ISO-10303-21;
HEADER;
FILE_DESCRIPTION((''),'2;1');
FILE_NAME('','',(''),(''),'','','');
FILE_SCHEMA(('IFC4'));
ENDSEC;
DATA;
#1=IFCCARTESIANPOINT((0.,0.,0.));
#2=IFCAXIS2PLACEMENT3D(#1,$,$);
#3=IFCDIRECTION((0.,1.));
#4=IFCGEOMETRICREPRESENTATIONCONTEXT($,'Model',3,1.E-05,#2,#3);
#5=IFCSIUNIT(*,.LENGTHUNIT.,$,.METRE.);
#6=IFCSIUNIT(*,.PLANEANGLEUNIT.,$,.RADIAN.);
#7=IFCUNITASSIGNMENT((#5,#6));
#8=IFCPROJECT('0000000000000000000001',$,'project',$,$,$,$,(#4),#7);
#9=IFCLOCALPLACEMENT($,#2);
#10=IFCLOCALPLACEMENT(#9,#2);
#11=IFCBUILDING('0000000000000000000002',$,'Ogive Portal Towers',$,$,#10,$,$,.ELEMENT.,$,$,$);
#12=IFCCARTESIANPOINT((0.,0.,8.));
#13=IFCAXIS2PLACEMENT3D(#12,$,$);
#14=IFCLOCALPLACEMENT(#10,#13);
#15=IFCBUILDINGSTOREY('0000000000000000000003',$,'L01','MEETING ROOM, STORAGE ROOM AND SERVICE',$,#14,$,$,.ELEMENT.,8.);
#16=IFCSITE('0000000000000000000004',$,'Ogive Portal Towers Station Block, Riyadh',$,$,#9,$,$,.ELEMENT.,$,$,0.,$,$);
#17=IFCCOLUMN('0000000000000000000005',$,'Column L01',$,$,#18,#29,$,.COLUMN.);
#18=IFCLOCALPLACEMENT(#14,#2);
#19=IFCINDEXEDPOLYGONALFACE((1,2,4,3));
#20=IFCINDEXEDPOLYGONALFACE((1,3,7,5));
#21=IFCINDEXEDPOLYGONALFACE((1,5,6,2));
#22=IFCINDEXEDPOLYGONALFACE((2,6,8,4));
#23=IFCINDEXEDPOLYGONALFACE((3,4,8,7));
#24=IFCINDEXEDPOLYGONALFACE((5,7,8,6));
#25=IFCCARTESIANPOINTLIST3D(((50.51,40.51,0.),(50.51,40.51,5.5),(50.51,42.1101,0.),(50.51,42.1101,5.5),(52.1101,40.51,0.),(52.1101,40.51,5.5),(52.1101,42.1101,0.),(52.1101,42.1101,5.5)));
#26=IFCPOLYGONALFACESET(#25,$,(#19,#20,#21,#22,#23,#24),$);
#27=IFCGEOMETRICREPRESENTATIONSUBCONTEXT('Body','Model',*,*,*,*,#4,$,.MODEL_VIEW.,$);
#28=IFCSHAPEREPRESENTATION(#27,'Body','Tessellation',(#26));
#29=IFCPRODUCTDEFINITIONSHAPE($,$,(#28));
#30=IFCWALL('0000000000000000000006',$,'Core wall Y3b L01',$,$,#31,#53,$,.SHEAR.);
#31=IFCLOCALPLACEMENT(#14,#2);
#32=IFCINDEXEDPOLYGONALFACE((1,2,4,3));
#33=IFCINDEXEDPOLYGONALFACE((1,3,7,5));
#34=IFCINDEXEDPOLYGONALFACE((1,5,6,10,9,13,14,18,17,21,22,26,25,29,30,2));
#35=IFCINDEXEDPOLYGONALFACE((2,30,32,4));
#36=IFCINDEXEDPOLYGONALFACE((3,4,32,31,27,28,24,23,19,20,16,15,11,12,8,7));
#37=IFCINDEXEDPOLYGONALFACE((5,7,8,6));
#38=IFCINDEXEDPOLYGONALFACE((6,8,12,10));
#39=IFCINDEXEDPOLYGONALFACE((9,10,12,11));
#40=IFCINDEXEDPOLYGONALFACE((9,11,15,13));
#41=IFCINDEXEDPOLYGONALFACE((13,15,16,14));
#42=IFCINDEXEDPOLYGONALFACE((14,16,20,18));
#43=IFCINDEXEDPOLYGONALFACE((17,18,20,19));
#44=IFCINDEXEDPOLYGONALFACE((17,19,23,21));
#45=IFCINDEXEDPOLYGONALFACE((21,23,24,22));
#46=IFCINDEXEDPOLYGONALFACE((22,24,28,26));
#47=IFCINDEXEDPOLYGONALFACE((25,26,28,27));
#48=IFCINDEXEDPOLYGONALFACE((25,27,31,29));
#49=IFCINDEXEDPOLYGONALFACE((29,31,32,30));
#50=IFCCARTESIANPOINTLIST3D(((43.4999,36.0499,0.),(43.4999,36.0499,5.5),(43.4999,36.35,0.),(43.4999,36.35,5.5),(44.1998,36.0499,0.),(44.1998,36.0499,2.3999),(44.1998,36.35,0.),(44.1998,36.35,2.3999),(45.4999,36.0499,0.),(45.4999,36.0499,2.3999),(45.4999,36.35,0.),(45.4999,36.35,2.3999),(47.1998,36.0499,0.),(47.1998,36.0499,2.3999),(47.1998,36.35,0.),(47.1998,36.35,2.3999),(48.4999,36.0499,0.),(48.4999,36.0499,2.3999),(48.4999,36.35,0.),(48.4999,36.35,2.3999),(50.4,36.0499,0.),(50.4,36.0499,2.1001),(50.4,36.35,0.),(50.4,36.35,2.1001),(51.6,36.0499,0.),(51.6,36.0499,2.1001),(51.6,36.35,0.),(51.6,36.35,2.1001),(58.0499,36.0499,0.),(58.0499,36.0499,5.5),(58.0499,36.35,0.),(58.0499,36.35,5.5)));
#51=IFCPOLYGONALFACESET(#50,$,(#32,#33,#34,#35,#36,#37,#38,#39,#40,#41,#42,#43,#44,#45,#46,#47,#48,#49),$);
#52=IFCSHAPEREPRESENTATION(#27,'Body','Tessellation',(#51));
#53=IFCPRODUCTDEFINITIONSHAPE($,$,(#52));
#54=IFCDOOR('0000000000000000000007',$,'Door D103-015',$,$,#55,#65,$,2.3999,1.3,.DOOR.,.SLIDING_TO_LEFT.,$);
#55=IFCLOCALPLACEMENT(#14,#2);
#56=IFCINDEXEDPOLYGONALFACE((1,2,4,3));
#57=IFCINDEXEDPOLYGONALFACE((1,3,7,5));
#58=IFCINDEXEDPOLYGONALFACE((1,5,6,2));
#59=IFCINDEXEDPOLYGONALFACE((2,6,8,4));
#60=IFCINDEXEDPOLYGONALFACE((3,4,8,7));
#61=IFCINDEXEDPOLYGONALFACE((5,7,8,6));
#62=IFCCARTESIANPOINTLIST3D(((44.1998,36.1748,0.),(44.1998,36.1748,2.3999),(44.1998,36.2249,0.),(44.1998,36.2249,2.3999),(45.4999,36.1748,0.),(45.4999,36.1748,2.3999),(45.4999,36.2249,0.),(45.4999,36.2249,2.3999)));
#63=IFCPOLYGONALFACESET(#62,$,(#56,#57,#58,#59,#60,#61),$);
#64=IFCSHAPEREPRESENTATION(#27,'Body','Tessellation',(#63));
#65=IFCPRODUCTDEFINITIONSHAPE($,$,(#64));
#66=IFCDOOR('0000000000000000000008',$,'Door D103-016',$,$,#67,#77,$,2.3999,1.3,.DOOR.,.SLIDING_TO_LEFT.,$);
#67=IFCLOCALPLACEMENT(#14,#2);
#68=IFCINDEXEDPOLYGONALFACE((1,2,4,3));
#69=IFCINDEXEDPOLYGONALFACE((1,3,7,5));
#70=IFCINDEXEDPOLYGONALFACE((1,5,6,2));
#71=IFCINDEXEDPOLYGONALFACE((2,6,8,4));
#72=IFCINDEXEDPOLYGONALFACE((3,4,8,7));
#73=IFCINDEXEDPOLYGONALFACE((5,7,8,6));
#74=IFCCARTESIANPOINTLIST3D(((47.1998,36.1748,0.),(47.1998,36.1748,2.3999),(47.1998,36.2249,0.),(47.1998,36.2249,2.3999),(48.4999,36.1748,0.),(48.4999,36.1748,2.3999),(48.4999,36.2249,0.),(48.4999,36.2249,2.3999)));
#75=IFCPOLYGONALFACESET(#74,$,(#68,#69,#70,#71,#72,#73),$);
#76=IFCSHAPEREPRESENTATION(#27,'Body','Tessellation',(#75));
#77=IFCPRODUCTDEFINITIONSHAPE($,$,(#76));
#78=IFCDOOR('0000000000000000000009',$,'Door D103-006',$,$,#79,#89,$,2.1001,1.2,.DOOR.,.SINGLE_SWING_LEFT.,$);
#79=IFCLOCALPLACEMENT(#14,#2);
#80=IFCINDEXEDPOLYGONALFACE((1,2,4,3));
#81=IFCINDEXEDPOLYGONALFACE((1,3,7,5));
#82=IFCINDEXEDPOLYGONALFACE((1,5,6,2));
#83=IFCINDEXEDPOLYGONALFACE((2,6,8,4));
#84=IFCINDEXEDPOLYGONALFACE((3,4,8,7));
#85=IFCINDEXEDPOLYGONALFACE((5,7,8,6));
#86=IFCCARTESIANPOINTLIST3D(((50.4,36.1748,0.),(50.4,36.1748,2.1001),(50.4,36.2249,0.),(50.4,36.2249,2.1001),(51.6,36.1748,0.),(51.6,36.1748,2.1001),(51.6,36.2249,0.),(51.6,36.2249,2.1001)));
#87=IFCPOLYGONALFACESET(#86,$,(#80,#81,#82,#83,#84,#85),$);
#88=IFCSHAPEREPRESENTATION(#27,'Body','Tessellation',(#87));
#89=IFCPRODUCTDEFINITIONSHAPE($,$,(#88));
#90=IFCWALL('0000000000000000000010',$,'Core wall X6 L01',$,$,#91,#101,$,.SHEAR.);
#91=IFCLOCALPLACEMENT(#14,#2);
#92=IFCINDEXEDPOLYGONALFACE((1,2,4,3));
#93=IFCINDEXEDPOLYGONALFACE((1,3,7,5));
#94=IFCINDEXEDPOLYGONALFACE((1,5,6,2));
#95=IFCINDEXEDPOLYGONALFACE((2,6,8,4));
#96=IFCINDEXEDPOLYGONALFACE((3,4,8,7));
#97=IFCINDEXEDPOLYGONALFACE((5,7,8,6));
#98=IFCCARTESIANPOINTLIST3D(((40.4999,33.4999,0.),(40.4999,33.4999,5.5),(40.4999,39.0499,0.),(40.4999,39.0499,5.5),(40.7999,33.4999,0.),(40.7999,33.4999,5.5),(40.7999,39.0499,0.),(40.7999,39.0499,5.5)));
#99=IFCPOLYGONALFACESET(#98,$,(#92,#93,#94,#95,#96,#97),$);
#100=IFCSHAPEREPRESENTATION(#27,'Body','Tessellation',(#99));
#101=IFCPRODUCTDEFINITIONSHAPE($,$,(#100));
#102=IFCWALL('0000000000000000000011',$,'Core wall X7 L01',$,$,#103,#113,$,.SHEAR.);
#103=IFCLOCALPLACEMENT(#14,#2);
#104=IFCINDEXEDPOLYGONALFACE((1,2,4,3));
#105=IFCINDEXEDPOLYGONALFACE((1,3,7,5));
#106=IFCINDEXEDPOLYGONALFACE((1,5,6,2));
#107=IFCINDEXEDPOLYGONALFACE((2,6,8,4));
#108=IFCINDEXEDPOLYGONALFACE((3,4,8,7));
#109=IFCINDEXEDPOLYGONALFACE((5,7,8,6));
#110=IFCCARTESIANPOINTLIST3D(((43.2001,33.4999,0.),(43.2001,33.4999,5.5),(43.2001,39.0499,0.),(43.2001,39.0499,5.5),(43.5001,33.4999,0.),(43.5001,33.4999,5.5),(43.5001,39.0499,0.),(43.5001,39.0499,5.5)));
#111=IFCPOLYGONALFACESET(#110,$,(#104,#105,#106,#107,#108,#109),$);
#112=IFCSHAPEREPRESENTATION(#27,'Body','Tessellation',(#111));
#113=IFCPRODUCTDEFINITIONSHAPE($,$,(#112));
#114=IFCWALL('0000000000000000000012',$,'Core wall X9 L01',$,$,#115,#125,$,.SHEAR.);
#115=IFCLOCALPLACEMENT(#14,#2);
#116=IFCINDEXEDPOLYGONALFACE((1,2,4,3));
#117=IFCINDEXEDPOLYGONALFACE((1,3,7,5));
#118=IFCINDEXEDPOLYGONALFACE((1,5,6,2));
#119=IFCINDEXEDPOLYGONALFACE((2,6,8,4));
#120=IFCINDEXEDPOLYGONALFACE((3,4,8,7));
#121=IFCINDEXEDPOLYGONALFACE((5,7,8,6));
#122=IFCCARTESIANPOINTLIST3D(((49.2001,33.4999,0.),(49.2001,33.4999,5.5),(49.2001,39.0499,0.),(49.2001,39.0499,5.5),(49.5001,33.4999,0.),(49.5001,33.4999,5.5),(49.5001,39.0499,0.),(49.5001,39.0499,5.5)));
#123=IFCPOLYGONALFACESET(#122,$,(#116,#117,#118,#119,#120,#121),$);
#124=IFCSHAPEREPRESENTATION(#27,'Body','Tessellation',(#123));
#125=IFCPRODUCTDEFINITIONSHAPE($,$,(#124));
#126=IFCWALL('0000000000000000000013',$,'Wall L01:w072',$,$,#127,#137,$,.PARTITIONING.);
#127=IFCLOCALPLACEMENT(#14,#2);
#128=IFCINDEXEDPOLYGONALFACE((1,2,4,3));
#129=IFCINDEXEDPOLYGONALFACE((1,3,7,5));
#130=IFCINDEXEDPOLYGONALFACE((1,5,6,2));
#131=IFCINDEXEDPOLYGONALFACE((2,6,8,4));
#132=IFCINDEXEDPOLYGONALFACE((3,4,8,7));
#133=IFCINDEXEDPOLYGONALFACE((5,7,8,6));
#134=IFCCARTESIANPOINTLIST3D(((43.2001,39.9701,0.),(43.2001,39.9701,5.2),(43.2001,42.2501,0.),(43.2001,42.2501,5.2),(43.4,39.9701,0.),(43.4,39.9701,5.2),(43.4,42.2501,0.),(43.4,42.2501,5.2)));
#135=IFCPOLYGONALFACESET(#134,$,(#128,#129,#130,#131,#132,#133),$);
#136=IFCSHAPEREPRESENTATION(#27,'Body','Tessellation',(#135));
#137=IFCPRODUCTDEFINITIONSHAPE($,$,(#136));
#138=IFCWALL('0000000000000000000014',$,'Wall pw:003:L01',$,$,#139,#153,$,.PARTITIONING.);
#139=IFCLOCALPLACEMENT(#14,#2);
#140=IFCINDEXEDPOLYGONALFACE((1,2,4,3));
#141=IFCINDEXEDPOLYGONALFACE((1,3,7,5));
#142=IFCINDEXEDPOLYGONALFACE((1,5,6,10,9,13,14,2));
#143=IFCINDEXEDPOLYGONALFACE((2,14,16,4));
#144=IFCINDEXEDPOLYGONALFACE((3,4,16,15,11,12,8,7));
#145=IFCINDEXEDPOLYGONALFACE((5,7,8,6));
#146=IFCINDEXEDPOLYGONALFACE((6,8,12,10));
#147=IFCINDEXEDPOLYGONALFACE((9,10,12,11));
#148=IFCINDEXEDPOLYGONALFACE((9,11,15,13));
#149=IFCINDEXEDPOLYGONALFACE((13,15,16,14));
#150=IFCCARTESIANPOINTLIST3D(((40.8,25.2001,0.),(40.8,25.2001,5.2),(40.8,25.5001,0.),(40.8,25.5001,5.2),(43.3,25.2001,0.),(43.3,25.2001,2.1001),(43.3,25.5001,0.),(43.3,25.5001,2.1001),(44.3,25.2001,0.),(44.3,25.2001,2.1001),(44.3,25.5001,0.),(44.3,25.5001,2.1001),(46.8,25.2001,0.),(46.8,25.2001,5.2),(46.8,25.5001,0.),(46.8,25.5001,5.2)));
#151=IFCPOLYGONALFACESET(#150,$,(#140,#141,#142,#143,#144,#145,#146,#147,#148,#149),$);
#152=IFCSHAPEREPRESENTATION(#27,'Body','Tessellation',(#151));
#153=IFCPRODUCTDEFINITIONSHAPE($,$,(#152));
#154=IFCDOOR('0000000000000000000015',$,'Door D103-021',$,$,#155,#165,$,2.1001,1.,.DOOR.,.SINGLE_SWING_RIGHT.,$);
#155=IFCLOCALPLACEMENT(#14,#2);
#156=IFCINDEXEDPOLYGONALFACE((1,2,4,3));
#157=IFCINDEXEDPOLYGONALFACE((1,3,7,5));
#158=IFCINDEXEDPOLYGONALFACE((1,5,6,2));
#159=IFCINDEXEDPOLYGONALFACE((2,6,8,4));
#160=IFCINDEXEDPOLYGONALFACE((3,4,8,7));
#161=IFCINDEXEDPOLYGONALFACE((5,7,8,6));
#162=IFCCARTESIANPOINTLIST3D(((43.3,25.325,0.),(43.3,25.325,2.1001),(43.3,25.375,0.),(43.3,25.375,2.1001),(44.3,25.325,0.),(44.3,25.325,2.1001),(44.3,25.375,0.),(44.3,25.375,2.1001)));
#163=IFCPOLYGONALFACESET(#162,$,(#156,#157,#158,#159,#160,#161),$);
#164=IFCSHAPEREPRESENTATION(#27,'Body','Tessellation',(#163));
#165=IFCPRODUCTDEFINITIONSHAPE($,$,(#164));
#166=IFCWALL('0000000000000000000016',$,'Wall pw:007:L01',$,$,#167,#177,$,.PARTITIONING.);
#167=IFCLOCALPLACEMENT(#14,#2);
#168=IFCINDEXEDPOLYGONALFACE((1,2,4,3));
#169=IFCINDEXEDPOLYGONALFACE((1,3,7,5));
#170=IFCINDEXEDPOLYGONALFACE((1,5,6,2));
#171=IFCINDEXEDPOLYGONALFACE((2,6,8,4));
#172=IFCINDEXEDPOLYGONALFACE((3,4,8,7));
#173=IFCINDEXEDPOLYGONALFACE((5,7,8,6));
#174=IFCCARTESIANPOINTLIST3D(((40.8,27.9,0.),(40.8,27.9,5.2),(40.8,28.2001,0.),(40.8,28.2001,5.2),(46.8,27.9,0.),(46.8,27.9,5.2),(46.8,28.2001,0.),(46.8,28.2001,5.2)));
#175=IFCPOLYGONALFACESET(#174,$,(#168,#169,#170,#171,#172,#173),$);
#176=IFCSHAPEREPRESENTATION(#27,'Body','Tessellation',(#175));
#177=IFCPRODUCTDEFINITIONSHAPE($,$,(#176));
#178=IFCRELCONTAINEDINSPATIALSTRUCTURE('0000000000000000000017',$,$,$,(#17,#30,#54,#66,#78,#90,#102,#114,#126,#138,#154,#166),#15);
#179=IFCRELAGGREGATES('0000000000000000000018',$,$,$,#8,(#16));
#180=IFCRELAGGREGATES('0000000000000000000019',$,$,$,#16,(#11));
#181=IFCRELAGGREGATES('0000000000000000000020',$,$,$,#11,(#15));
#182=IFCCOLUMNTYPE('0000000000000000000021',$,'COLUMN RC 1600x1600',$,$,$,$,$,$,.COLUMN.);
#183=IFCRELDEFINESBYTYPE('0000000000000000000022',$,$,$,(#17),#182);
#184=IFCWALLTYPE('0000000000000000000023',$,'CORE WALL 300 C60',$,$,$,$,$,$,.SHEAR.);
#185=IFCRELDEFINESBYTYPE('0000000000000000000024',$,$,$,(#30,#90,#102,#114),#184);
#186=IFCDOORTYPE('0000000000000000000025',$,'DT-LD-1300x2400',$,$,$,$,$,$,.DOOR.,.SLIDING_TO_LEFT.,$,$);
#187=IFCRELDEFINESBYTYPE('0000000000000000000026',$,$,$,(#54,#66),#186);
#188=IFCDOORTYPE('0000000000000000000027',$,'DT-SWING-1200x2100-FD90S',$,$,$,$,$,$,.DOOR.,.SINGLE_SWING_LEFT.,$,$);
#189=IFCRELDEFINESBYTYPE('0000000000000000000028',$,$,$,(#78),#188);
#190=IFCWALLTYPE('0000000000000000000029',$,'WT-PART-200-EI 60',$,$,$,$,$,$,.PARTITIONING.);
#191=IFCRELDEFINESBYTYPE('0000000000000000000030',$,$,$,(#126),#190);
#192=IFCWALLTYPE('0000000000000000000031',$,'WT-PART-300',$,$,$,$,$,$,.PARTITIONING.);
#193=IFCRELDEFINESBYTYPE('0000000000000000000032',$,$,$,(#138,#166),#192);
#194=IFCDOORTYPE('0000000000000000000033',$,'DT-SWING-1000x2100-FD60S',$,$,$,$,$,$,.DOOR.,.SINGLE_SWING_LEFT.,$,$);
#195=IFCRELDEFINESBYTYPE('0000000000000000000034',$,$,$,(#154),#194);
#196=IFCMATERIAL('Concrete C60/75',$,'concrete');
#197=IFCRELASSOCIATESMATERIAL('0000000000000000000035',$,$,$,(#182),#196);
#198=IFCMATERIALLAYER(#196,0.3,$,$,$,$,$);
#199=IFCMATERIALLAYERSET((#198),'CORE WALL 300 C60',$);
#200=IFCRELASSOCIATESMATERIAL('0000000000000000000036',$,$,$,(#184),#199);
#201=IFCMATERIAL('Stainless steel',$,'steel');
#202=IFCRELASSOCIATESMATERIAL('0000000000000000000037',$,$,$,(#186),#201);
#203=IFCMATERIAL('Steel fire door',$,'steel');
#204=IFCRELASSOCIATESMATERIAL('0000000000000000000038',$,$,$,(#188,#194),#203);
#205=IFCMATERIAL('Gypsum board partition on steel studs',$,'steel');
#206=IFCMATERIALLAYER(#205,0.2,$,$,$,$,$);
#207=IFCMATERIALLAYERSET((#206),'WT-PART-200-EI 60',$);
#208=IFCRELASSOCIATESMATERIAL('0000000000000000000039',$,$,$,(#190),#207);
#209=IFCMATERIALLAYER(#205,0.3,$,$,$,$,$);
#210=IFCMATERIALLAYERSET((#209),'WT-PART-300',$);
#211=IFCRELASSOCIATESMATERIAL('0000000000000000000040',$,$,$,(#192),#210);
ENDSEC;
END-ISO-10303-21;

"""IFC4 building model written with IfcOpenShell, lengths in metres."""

from ifc_helpers import new_model, si_unit, direction, frame, frame_2d, origin, origin_2d, place, context, subcontext, project, spatial, rectangle, extrude, material, layer, layer_set, material_profile, profile_set, type_object, element, fill, save


model = new_model("IFC4")

# Units and contexts
model_context = context("Model", 3, precision=1e-05, world=origin(), true_north=direction((0.0, 1.0)))
body_context = subcontext(model_context, "Body", "Model", "MODEL_VIEW")
ifc_project = project(units=[si_unit("LENGTHUNIT", "METRE"), si_unit("PLANEANGLEUNIT", "RADIAN")], contexts=[model_context])

# Site, building, storey
site_placement = place(None, origin())
site = spatial("IfcSite", under=ifc_project, at=site_placement, Name="Ogive Portal Towers Station Block, Riyadh", CompositionType="ELEMENT", RefElevation=0.0)
building_placement = place(site_placement, origin())
building = spatial("IfcBuilding", under=site, at=building_placement, Name="Ogive Portal Towers", CompositionType="ELEMENT")
storey_placement = place(building_placement, frame((0.0, 0.0, 8.0)))
storey = spatial("IfcBuildingStorey", under=building, at=storey_placement, Name="L01", Description="MEETING ROOM, STORAGE ROOM AND SERVICE", CompositionType="ELEMENT", Elevation=8.0)

# Column
ifc_material_1 = material(Name="Concrete C60/75", Category="concrete")
ifc_material_profile = material_profile(ifc_material_1, rectangle(XDim=1.6001, YDim=1.6001, at=origin_2d()), Name="RC 1600x1600")
ifc_profile_set = profile_set([ifc_material_profile], Name="Concrete C60/75")
column_type = type_object("IfcColumnType", Name="COLUMN RC 1600x1600", PredefinedType="COLUMN", material=ifc_profile_set)
column_placement = place(storey_placement, frame((51.3101, 41.3101, 0.0), z_axis=(0.0, 0.0, 1.0), x_axis=(1.0, 0.0, 0.0)))
element("IfcColumn", 1, at=column_placement, inside=storey, type_object=column_type, Name="Column L01", PredefinedType="COLUMN", context=body_context, shape_type="SweptSolid", body=[
    extrude(rectangle(XDim=1.6001, YDim=1.6001, at=origin_2d()), origin(), (0.0, 0.0, 1.0), 5.5),
])

# Wall, openings, doors
ifc_layer_1 = layer(ifc_material_1, 0.3)
ifc_layer_set_1 = layer_set([ifc_layer_1], Name="CORE WALL 300 C60")
wall_type_1 = type_object("IfcWallType", Name="CORE WALL 300 C60", PredefinedType="SHEAR", material=ifc_layer_set_1)
wall_1_placement = place(storey_placement, frame((43.5, 36.2, 0.0), z_axis=(0.0, 0.0, 1.0), x_axis=(1.0, 0.0, 0.0)))
wall_1 = element("IfcWall", 2, at=wall_1_placement, inside=storey, type_object=wall_type_1, Name="Core wall Y3b L01", PredefinedType="SHEAR", context=body_context, shape_type="SweptSolid", body=[
    extrude(rectangle(XDim=14.55, YDim=0.3, at=frame_2d((7.2749, 0.0))), origin(), (0.0, 0.0, 1.0), 5.5),
])
opening_1_placement = place(wall_1_placement, frame((6.8999, 0.0, 0.0)))
opening_1 = element("IfcOpeningElement", 3, at=opening_1_placement, cuts=wall_1, PredefinedType="OPENING", context=body_context, shape_type="SweptSolid", body=[
    extrude(rectangle(XDim=1.2, YDim=2.1001, at=frame_2d((0.6001, 1.05))), frame((0.0, 0.1602, 0.0), z_axis=(0.0, -1.0, 0.0), x_axis=(1.0, 0.0, 0.0)), (0.0, 0.0, 1.0), 0.3201),
])
opening_2_placement = place(wall_1_placement, frame((0.7, 0.0, 0.0)))
opening_2 = element("IfcOpeningElement", 4, at=opening_2_placement, cuts=wall_1, PredefinedType="OPENING", context=body_context, shape_type="SweptSolid", body=[
    extrude(rectangle(XDim=1.3, YDim=2.3999, at=frame_2d((0.6499, 1.2))), frame((0.0, 0.1602, 0.0), z_axis=(0.0, -1.0, 0.0), x_axis=(1.0, 0.0, 0.0)), (0.0, 0.0, 1.0), 0.3201),
])
opening_3_placement = place(wall_1_placement, frame((3.7, 0.0, 0.0)))
opening_3 = element("IfcOpeningElement", 5, at=opening_3_placement, cuts=wall_1, PredefinedType="OPENING", context=body_context, shape_type="SweptSolid", body=[
    extrude(rectangle(XDim=1.3, YDim=2.3999, at=frame_2d((0.6499, 1.2))), frame((0.0, 0.1602, 0.0), z_axis=(0.0, -1.0, 0.0), x_axis=(1.0, 0.0, 0.0)), (0.0, 0.0, 1.0), 0.3201),
])
ifc_material_2 = material(Name="Stainless steel", Category="steel")
door_type_1 = type_object("IfcDoorType", Name="DT-LD-1300x2400", OperationType="SLIDING_TO_LEFT", PredefinedType="DOOR", material=ifc_material_2)
door_1_placement = place(opening_2_placement, origin())
door_1 = element("IfcDoor", 6, at=door_1_placement, inside=storey, type_object=door_type_1, Name="Door D103-015", OperationType="SLIDING_TO_LEFT", OverallHeight=2.3999, OverallWidth=1.3, PredefinedType="DOOR", context=body_context, shape_type="SweptSolid", body=[
    extrude(rectangle(XDim=1.3, YDim=2.3999, at=frame_2d((0.6499, 1.2))), frame((0.0, 0.0249, 0.0), z_axis=(0.0, -1.0, 0.0), x_axis=(1.0, 0.0, 0.0)), (0.0, 0.0, 1.0), 0.05),
])
fill(opening_2, door_1)
door_2_placement = place(opening_3_placement, origin())
door_2 = element("IfcDoor", 7, at=door_2_placement, inside=storey, type_object=door_type_1, Name="Door D103-016", OperationType="SLIDING_TO_LEFT", OverallHeight=2.3999, OverallWidth=1.3, PredefinedType="DOOR", context=body_context, shape_type="SweptSolid", body=[
    extrude(rectangle(XDim=1.3, YDim=2.3999, at=frame_2d((0.6499, 1.2))), frame((0.0, 0.0249, 0.0), z_axis=(0.0, -1.0, 0.0), x_axis=(1.0, 0.0, 0.0)), (0.0, 0.0, 1.0), 0.05),
])
fill(opening_3, door_2)
ifc_material_3 = material(Name="Steel fire door", Category="steel")
door_type_2 = type_object("IfcDoorType", Name="DT-SWING-1200x2100-FD90S", OperationType="SINGLE_SWING_LEFT", PredefinedType="DOOR", material=ifc_material_3)
door_3_placement = place(opening_1_placement, origin())
door_3 = element("IfcDoor", 8, at=door_3_placement, inside=storey, type_object=door_type_2, Name="Door D103-006", OperationType="SINGLE_SWING_LEFT", OverallHeight=2.1001, OverallWidth=1.2, PredefinedType="DOOR", context=body_context, shape_type="SweptSolid", body=[
    extrude(rectangle(XDim=1.2, YDim=2.1001, at=frame_2d((0.6001, 1.05))), frame((0.0, 0.0249, 0.0), z_axis=(0.0, -1.0, 0.0), x_axis=(1.0, 0.0, 0.0)), (0.0, 0.0, 1.0), 0.05),
])
fill(opening_1, door_3)

# Walls
for number, where, z_axis, x_axis, name in (
    (9, (40.6499, 33.5, 0.0), (0.0, 0.0, 1.0), (0.0, 1.0, 0.0), "Core wall X6 L01"),
    (10, (43.3501, 33.5, 0.0), (0.0, 0.0, 1.0), (0.0, 1.0, 0.0), "Core wall X7 L01"),
    (11, (49.3501, 33.5, 0.0), (0.0, 0.0, 1.0), (0.0, 1.0, 0.0), "Core wall X9 L01"),
):
    element("IfcWall", number, at=place(storey_placement, frame(where, z_axis=z_axis, x_axis=x_axis)), inside=storey, type_object=wall_type_1, Name=name, PredefinedType="SHEAR", context=body_context, shape_type="SweptSolid", body=[
        extrude(rectangle(XDim=5.55, YDim=0.3, at=frame_2d((2.7749, 0.0))), origin(), (0.0, 0.0, 1.0), 5.5),
    ])

# Wall
ifc_material_4 = material(Name="Gypsum board partition on steel studs", Category="steel")
ifc_layer_2 = layer(ifc_material_4, 0.2)
ifc_layer_set_2 = layer_set([ifc_layer_2], Name="WT-PART-200-EI 60")
wall_type_2 = type_object("IfcWallType", Name="WT-PART-200-EI 60", PredefinedType="PARTITIONING", material=ifc_layer_set_2)
wall_2_placement = place(storey_placement, frame((43.3, 39.97, 0.0), z_axis=(0.0, 0.0, 1.0), x_axis=(0.0, 1.0, 0.0)))
element("IfcWall", 12, at=wall_2_placement, inside=storey, type_object=wall_type_2, Name="Wall L01:w072", PredefinedType="PARTITIONING", context=body_context, shape_type="SweptSolid", body=[
    extrude(rectangle(XDim=2.28, YDim=0.2, at=frame_2d((1.1401, 0.0))), origin(), (0.0, 0.0, 1.0), 5.2),
])

# Wall, opening, door
ifc_layer_3 = layer(ifc_material_4, 0.3)
ifc_layer_set_3 = layer_set([ifc_layer_3], Name="WT-PART-300")
wall_type_3 = type_object("IfcWallType", Name="WT-PART-300", PredefinedType="PARTITIONING", material=ifc_layer_set_3)
wall_3_placement = place(storey_placement, frame((40.8, 25.3501, 0.0), z_axis=(0.0, 0.0, 1.0), x_axis=(1.0, 0.0, 0.0)))
wall_3 = element("IfcWall", 13, at=wall_3_placement, inside=storey, type_object=wall_type_3, Name="Wall pw:003:L01", PredefinedType="PARTITIONING", context=body_context, shape_type="SweptSolid", body=[
    extrude(rectangle(XDim=6.0, YDim=0.3, at=frame_2d((3.0, 0.0))), origin(), (0.0, 0.0, 1.0), 5.2),
])
opening_4_placement = place(wall_3_placement, frame((2.5, 0.0, 0.0)))
opening_4 = element("IfcOpeningElement", 14, at=opening_4_placement, cuts=wall_3, PredefinedType="OPENING", context=body_context, shape_type="SweptSolid", body=[
    extrude(rectangle(XDim=1.0, YDim=2.1001, at=frame_2d((0.5, 1.05))), frame((0.0, 0.1602, 0.0), z_axis=(0.0, -1.0, 0.0), x_axis=(1.0, 0.0, 0.0)), (0.0, 0.0, 1.0), 0.3201),
])
door_type_3 = type_object("IfcDoorType", Name="DT-SWING-1000x2100-FD60S", OperationType="SINGLE_SWING_LEFT", PredefinedType="DOOR", material=ifc_material_3)
door_4_placement = place(opening_4_placement, origin())
door_4 = element("IfcDoor", 15, at=door_4_placement, inside=storey, type_object=door_type_3, Name="Door D103-021", OperationType="SINGLE_SWING_RIGHT", OverallHeight=2.1001, OverallWidth=1.0, PredefinedType="DOOR", context=body_context, shape_type="SweptSolid", body=[
    extrude(rectangle(XDim=1.0, YDim=2.1001, at=frame_2d((0.5, 1.05))), frame((0.0, 0.0249, 0.0), z_axis=(0.0, -1.0, 0.0), x_axis=(1.0, 0.0, 0.0)), (0.0, 0.0, 1.0), 0.05),
])
fill(opening_4, door_4)

# Wall
wall_4_placement = place(storey_placement, frame((40.8, 28.05, 0.0), z_axis=(0.0, 0.0, 1.0), x_axis=(1.0, 0.0, 0.0)))
element("IfcWall", 16, at=wall_4_placement, inside=storey, type_object=wall_type_3, Name="Wall pw:007:L01", PredefinedType="PARTITIONING", context=body_context, shape_type="SweptSolid", body=[
    extrude(rectangle(XDim=6.0, YDim=0.3, at=frame_2d((3.0, 0.0))), origin(), (0.0, 0.0, 1.0), 5.2),
])

save(model, "model.ifc")
